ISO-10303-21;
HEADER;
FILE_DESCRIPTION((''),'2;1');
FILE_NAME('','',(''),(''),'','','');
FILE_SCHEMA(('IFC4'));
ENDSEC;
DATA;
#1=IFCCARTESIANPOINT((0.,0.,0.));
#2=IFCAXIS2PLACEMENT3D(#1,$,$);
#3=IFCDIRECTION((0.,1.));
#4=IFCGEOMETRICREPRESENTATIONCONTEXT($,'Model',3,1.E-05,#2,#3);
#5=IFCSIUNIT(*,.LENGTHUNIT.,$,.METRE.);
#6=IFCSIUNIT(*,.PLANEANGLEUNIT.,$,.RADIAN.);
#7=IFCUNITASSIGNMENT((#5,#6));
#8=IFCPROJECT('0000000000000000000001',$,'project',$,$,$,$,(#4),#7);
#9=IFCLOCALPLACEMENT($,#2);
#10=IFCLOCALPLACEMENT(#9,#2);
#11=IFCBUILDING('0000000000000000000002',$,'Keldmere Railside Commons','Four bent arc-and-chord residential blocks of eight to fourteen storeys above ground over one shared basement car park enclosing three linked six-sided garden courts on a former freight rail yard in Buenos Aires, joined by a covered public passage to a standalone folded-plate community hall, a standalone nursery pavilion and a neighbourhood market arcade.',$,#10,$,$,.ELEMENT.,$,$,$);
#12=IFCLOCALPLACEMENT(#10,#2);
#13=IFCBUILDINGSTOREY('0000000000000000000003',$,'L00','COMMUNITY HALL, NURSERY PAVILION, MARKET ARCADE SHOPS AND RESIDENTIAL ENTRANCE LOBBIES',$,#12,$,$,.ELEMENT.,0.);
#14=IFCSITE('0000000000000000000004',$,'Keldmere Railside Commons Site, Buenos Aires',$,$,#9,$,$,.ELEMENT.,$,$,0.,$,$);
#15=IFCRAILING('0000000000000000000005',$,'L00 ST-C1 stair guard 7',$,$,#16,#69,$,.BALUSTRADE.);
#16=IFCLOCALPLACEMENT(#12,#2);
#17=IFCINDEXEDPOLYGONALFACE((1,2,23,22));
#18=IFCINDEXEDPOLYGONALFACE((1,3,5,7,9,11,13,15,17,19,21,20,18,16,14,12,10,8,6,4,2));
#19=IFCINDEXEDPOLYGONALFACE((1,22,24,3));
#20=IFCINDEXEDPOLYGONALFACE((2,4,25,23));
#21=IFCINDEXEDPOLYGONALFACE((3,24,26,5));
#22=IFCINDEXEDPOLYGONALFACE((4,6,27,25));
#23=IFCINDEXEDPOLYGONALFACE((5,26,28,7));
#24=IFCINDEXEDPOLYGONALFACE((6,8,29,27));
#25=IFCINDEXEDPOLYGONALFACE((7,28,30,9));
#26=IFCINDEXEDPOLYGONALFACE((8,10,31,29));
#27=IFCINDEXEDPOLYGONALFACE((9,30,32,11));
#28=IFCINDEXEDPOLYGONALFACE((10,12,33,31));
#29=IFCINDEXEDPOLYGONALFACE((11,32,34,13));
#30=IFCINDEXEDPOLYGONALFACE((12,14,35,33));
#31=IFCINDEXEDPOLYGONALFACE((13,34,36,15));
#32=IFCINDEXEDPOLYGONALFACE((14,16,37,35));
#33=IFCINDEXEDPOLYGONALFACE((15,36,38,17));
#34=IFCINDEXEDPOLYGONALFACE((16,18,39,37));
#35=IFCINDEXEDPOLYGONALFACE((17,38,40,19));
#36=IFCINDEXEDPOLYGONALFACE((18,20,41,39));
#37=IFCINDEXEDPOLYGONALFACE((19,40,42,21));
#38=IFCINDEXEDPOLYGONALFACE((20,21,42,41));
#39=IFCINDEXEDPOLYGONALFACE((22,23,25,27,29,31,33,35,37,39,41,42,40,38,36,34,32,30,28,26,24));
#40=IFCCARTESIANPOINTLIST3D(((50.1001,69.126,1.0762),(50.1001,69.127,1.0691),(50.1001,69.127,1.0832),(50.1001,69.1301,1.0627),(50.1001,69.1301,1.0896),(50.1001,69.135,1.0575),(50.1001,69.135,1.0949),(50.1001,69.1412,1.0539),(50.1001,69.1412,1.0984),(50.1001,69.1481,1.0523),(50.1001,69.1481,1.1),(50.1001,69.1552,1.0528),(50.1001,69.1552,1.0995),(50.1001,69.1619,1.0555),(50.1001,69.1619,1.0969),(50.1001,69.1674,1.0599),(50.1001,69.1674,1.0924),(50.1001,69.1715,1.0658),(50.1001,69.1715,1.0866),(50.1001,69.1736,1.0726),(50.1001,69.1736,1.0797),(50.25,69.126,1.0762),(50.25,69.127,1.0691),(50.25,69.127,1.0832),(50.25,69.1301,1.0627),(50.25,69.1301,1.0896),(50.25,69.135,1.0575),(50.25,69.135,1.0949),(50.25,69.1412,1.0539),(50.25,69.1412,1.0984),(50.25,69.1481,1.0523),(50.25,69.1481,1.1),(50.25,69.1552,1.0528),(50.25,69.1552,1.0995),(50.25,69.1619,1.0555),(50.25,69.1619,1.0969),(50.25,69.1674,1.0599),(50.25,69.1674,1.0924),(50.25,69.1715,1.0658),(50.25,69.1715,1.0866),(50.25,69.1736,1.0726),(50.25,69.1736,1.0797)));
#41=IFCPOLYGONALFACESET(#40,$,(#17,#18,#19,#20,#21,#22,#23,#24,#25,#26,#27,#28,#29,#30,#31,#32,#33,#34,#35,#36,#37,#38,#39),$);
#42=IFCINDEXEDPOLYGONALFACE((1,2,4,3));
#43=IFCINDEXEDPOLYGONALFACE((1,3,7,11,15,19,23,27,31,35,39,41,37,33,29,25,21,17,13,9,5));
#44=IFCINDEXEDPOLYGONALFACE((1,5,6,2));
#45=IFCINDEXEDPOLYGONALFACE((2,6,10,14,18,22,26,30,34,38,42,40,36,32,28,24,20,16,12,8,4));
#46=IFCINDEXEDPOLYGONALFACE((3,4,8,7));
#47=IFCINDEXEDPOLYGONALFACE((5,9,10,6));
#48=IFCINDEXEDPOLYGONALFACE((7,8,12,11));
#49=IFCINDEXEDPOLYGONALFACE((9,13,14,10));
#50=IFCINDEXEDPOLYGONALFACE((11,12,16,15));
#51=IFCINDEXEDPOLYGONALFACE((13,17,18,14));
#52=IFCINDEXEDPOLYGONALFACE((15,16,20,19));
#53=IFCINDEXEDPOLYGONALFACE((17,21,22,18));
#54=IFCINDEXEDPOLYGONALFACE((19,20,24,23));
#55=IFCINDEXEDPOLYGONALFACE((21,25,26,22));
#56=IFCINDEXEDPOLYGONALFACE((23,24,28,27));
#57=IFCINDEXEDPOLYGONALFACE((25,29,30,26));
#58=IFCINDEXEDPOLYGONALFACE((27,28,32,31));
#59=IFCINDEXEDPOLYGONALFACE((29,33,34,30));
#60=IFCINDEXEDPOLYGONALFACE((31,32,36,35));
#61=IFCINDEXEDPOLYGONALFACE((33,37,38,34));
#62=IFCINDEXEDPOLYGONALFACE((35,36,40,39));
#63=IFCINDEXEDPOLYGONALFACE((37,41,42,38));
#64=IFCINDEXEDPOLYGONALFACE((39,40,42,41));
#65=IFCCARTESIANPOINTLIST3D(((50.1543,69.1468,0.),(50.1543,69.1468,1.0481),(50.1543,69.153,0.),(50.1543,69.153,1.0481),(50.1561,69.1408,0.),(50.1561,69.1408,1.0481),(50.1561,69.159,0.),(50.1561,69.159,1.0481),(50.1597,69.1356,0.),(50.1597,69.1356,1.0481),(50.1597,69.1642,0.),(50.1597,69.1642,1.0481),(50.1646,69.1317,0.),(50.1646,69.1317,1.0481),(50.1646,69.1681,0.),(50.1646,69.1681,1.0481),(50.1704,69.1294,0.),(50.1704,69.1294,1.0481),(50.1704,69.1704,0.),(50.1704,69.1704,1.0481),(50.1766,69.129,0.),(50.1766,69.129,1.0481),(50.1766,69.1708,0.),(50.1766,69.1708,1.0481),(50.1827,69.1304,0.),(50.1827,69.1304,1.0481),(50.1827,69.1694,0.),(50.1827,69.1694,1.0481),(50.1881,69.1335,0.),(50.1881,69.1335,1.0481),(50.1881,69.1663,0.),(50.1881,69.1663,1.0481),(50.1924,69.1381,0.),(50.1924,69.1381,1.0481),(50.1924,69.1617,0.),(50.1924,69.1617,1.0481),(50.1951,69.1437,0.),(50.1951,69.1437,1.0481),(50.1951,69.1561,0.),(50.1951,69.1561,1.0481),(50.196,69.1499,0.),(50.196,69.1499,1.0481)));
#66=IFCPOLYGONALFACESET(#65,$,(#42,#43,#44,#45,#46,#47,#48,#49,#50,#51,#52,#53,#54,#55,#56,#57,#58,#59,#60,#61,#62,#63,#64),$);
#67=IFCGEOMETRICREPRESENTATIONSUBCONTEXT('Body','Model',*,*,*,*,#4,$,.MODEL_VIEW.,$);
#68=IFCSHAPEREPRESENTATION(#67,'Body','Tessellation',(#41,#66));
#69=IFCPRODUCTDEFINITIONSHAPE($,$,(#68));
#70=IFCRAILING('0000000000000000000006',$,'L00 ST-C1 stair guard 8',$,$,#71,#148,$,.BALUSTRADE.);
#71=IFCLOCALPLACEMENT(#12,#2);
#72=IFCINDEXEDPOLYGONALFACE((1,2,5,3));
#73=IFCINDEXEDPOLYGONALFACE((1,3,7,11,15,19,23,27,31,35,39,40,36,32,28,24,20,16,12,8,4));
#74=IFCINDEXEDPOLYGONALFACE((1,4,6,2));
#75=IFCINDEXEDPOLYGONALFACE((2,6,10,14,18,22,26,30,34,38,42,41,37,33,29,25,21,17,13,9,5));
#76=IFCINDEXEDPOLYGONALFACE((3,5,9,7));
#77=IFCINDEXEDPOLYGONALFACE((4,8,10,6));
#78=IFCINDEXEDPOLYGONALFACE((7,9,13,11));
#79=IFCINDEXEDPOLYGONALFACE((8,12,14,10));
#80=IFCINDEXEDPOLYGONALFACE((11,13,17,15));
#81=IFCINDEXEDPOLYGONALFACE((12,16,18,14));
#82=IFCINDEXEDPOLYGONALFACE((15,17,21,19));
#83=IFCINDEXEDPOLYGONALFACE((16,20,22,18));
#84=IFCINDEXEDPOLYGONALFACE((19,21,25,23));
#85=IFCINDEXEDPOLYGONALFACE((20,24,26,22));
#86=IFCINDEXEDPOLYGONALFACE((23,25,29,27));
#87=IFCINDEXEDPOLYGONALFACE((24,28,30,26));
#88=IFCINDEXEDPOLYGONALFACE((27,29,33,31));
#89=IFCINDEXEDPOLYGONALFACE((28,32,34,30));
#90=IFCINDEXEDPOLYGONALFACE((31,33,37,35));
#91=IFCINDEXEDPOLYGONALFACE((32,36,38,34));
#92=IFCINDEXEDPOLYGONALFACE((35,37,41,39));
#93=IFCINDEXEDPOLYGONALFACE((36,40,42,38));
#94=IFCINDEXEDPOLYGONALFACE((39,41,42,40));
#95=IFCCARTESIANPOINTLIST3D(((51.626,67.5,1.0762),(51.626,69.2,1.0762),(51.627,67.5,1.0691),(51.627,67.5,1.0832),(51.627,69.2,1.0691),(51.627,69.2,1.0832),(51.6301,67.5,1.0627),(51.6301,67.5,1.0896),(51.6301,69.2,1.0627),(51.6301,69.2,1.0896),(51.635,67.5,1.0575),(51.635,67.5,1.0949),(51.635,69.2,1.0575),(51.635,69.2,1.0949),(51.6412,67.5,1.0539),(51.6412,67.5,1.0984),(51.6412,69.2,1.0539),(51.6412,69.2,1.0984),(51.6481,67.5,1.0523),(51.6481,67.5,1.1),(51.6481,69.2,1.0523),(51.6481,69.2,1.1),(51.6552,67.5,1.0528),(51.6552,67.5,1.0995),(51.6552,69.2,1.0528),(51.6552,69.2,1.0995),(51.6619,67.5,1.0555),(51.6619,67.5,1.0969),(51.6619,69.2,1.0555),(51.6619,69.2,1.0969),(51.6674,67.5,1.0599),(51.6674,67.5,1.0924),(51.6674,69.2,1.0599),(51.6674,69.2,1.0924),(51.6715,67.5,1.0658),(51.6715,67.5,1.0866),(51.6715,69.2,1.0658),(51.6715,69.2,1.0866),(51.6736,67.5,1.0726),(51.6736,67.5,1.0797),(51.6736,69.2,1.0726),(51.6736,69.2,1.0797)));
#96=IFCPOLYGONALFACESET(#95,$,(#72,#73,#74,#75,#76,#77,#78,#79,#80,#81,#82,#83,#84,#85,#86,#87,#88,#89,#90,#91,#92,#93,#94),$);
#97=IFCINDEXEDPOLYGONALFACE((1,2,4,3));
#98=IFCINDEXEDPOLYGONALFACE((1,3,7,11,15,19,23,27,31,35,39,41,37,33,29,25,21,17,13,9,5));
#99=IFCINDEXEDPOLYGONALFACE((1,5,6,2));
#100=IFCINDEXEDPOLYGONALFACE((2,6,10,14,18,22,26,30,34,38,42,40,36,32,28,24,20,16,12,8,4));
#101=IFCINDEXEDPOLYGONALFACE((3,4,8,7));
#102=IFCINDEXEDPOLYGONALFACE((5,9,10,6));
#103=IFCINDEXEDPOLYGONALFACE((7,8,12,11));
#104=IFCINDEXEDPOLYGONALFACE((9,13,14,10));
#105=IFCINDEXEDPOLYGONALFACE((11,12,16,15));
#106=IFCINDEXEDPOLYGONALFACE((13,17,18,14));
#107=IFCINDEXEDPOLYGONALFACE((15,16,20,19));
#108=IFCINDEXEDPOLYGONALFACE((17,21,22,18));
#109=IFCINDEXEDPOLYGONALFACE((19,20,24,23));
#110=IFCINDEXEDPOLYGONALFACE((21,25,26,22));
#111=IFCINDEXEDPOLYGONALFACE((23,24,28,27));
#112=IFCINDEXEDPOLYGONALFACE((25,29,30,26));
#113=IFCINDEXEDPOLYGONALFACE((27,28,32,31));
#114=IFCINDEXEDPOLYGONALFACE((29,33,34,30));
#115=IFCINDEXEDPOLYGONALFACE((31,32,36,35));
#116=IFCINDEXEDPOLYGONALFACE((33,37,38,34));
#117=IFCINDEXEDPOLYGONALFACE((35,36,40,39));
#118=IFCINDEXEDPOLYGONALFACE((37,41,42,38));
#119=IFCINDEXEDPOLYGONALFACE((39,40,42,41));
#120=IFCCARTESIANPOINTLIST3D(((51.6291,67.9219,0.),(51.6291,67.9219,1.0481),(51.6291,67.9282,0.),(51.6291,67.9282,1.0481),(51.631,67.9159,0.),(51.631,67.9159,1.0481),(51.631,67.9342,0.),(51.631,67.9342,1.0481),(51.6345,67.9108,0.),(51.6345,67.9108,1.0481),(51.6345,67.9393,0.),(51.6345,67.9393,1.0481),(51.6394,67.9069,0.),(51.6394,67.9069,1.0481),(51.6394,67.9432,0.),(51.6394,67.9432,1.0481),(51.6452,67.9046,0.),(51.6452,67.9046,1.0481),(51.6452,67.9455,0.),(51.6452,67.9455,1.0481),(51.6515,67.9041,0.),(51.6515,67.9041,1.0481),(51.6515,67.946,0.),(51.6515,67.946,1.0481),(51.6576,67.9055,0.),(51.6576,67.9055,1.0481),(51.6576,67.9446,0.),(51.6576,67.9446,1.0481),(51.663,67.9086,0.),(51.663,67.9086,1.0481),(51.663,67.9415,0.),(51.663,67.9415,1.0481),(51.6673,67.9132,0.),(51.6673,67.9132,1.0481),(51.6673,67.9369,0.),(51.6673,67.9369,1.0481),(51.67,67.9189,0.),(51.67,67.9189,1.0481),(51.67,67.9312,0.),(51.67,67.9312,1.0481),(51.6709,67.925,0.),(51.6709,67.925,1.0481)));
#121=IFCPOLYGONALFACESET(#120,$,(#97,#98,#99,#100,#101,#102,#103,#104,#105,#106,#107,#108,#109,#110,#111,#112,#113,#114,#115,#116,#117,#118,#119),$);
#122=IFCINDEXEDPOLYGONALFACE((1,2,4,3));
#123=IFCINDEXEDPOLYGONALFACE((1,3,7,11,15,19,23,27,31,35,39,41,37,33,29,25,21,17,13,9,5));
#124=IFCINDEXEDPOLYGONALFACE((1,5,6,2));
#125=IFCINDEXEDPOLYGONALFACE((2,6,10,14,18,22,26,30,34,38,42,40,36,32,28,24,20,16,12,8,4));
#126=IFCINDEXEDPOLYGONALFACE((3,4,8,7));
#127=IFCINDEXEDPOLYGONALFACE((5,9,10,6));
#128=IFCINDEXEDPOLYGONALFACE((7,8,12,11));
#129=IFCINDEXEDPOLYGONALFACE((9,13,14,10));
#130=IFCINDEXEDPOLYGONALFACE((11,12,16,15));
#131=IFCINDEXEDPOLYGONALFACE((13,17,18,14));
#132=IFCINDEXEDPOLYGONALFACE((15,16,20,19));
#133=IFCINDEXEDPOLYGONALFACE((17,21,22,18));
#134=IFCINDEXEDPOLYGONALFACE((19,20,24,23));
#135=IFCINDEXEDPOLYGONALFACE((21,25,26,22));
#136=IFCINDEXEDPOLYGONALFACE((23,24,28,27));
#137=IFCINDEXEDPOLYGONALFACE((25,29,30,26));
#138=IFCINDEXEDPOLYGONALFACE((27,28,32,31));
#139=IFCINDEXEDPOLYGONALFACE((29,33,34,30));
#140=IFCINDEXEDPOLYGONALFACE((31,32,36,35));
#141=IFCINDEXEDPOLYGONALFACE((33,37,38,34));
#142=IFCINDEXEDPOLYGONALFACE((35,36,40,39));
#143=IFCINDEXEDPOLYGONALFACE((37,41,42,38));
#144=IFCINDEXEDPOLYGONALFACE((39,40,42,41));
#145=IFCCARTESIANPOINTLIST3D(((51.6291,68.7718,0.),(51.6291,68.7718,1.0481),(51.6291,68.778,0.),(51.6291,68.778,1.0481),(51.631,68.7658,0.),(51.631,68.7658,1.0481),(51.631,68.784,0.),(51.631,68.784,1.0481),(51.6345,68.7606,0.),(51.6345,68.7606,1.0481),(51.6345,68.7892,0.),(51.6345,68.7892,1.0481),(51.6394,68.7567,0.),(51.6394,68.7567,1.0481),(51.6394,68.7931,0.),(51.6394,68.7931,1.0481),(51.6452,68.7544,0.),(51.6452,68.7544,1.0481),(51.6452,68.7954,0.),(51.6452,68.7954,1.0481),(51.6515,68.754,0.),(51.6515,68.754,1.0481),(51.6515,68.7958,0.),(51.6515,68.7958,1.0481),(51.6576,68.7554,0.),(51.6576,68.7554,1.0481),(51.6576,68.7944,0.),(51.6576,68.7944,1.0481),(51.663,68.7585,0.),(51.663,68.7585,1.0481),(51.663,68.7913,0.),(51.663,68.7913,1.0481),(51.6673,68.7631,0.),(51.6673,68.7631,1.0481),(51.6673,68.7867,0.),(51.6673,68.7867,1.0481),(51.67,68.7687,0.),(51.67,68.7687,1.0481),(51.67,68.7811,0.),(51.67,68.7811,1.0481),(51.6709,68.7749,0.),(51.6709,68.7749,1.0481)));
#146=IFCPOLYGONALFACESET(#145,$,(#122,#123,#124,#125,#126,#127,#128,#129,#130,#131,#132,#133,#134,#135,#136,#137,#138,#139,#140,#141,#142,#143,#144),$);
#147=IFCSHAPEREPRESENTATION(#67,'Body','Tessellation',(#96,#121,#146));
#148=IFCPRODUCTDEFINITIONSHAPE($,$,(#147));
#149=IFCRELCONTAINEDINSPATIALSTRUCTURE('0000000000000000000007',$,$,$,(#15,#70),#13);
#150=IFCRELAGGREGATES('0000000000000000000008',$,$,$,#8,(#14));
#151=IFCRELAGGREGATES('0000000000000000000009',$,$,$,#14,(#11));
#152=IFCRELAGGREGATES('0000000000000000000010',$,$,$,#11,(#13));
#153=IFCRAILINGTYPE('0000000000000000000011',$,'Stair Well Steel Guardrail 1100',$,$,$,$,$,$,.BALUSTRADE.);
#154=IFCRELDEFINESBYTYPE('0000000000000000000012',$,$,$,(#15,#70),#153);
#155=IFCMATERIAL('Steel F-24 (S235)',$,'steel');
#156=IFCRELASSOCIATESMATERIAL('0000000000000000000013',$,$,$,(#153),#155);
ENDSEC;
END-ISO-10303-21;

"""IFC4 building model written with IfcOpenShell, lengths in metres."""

from ifc_helpers import new_model, si_unit, direction, frame, origin, origin_2d, place, context, subcontext, project, spatial, circle, extrude, material, type_object, element, save


model = new_model("IFC4")

# Units and contexts
model_context = context("Model", 3, precision=1e-05, world=origin(), true_north=direction((0.0, 1.0)))
body_context = subcontext(model_context, "Body", "Model", "MODEL_VIEW")
ifc_project = project(units=[si_unit("LENGTHUNIT", "METRE"), si_unit("PLANEANGLEUNIT", "RADIAN")], contexts=[model_context])

# Site, building, storey
site_placement = place(None, origin())
site = spatial("IfcSite", under=ifc_project, at=site_placement, Name="Keldmere Railside Commons Site, Buenos Aires", CompositionType="ELEMENT", RefElevation=0.0)
building_placement = place(site_placement, origin())
building = spatial("IfcBuilding", under=site, at=building_placement, Name="Keldmere Railside Commons", Description="Four bent arc-and-chord residential blocks of eight to fourteen storeys above ground over one shared basement car park enclosing three linked six-sided garden courts on a former freight rail yard in Buenos Aires, joined by a covered public passage to a standalone folded-plate community hall, a standalone nursery pavilion and a neighbourhood market arcade.", CompositionType="ELEMENT")
storey_placement = place(building_placement, origin())
storey = spatial("IfcBuildingStorey", under=building, at=storey_placement, Name="L00", Description="COMMUNITY HALL, NURSERY PAVILION, MARKET ARCADE SHOPS AND RESIDENTIAL ENTRANCE LOBBIES", CompositionType="ELEMENT", Elevation=0.0)

# Shared definitions
ifc_material_1 = material(Name="Steel F-24 (S235)", Category="steel")

# Railings
railing_type_1 = type_object("IfcRailingType", Name="Stair Well Steel Guardrail 1100", PredefinedType="BALUSTRADE", material=ifc_material_1)
railing_1_placement = place(storey_placement, frame((50.25, 69.1499, 0.0)))
element("IfcRailing", 1, at=railing_1_placement, inside=storey, type_object=railing_type_1, Name="L00 ST-C1 stair guard 7", PredefinedType="BALUSTRADE", context=body_context, shape_type="SweptSolid", body=[
    extrude(circle(Radius=0.0239, at=origin_2d()), frame((0.0, 0.0, 1.0762), z_axis=(-1.0, 0.0, 0.0), x_axis=(0.0, -1.0, 0.0)), (0.0, 0.0, 1.0), 0.1499),
    extrude(circle(Radius=0.021, at=origin_2d()), frame((-0.075, 0.0, 0.0)), (0.0, 0.0, 1.0), 1.0481),
])
for number, where, name in (
    (2, (51.6499, 67.5, 0.0), "L00 ST-C1 stair guard 8"),
):
    element("IfcRailing", number, at=place(storey_placement, frame(where)), inside=storey, type_object=railing_type_1, Name=name, PredefinedType="BALUSTRADE", context=body_context, shape_type="SweptSolid", body=[
        extrude(circle(Radius=0.0239, at=origin_2d()), frame((0.0, 0.0, 1.0762), z_axis=(0.0, 1.0, 0.0), x_axis=(-1.0, 0.0, 0.0)), (0.0, 0.0, 1.0), 1.7),
        extrude(circle(Radius=0.021, at=origin_2d()), frame((0.0, 0.425, 0.0)), (0.0, 0.0, 1.0), 1.0481),
        extrude(circle(Radius=0.021, at=origin_2d()), frame((0.0, 1.2749, 0.0)), (0.0, 0.0, 1.0), 1.0481),
    ])

save(model, "model.ifc")
